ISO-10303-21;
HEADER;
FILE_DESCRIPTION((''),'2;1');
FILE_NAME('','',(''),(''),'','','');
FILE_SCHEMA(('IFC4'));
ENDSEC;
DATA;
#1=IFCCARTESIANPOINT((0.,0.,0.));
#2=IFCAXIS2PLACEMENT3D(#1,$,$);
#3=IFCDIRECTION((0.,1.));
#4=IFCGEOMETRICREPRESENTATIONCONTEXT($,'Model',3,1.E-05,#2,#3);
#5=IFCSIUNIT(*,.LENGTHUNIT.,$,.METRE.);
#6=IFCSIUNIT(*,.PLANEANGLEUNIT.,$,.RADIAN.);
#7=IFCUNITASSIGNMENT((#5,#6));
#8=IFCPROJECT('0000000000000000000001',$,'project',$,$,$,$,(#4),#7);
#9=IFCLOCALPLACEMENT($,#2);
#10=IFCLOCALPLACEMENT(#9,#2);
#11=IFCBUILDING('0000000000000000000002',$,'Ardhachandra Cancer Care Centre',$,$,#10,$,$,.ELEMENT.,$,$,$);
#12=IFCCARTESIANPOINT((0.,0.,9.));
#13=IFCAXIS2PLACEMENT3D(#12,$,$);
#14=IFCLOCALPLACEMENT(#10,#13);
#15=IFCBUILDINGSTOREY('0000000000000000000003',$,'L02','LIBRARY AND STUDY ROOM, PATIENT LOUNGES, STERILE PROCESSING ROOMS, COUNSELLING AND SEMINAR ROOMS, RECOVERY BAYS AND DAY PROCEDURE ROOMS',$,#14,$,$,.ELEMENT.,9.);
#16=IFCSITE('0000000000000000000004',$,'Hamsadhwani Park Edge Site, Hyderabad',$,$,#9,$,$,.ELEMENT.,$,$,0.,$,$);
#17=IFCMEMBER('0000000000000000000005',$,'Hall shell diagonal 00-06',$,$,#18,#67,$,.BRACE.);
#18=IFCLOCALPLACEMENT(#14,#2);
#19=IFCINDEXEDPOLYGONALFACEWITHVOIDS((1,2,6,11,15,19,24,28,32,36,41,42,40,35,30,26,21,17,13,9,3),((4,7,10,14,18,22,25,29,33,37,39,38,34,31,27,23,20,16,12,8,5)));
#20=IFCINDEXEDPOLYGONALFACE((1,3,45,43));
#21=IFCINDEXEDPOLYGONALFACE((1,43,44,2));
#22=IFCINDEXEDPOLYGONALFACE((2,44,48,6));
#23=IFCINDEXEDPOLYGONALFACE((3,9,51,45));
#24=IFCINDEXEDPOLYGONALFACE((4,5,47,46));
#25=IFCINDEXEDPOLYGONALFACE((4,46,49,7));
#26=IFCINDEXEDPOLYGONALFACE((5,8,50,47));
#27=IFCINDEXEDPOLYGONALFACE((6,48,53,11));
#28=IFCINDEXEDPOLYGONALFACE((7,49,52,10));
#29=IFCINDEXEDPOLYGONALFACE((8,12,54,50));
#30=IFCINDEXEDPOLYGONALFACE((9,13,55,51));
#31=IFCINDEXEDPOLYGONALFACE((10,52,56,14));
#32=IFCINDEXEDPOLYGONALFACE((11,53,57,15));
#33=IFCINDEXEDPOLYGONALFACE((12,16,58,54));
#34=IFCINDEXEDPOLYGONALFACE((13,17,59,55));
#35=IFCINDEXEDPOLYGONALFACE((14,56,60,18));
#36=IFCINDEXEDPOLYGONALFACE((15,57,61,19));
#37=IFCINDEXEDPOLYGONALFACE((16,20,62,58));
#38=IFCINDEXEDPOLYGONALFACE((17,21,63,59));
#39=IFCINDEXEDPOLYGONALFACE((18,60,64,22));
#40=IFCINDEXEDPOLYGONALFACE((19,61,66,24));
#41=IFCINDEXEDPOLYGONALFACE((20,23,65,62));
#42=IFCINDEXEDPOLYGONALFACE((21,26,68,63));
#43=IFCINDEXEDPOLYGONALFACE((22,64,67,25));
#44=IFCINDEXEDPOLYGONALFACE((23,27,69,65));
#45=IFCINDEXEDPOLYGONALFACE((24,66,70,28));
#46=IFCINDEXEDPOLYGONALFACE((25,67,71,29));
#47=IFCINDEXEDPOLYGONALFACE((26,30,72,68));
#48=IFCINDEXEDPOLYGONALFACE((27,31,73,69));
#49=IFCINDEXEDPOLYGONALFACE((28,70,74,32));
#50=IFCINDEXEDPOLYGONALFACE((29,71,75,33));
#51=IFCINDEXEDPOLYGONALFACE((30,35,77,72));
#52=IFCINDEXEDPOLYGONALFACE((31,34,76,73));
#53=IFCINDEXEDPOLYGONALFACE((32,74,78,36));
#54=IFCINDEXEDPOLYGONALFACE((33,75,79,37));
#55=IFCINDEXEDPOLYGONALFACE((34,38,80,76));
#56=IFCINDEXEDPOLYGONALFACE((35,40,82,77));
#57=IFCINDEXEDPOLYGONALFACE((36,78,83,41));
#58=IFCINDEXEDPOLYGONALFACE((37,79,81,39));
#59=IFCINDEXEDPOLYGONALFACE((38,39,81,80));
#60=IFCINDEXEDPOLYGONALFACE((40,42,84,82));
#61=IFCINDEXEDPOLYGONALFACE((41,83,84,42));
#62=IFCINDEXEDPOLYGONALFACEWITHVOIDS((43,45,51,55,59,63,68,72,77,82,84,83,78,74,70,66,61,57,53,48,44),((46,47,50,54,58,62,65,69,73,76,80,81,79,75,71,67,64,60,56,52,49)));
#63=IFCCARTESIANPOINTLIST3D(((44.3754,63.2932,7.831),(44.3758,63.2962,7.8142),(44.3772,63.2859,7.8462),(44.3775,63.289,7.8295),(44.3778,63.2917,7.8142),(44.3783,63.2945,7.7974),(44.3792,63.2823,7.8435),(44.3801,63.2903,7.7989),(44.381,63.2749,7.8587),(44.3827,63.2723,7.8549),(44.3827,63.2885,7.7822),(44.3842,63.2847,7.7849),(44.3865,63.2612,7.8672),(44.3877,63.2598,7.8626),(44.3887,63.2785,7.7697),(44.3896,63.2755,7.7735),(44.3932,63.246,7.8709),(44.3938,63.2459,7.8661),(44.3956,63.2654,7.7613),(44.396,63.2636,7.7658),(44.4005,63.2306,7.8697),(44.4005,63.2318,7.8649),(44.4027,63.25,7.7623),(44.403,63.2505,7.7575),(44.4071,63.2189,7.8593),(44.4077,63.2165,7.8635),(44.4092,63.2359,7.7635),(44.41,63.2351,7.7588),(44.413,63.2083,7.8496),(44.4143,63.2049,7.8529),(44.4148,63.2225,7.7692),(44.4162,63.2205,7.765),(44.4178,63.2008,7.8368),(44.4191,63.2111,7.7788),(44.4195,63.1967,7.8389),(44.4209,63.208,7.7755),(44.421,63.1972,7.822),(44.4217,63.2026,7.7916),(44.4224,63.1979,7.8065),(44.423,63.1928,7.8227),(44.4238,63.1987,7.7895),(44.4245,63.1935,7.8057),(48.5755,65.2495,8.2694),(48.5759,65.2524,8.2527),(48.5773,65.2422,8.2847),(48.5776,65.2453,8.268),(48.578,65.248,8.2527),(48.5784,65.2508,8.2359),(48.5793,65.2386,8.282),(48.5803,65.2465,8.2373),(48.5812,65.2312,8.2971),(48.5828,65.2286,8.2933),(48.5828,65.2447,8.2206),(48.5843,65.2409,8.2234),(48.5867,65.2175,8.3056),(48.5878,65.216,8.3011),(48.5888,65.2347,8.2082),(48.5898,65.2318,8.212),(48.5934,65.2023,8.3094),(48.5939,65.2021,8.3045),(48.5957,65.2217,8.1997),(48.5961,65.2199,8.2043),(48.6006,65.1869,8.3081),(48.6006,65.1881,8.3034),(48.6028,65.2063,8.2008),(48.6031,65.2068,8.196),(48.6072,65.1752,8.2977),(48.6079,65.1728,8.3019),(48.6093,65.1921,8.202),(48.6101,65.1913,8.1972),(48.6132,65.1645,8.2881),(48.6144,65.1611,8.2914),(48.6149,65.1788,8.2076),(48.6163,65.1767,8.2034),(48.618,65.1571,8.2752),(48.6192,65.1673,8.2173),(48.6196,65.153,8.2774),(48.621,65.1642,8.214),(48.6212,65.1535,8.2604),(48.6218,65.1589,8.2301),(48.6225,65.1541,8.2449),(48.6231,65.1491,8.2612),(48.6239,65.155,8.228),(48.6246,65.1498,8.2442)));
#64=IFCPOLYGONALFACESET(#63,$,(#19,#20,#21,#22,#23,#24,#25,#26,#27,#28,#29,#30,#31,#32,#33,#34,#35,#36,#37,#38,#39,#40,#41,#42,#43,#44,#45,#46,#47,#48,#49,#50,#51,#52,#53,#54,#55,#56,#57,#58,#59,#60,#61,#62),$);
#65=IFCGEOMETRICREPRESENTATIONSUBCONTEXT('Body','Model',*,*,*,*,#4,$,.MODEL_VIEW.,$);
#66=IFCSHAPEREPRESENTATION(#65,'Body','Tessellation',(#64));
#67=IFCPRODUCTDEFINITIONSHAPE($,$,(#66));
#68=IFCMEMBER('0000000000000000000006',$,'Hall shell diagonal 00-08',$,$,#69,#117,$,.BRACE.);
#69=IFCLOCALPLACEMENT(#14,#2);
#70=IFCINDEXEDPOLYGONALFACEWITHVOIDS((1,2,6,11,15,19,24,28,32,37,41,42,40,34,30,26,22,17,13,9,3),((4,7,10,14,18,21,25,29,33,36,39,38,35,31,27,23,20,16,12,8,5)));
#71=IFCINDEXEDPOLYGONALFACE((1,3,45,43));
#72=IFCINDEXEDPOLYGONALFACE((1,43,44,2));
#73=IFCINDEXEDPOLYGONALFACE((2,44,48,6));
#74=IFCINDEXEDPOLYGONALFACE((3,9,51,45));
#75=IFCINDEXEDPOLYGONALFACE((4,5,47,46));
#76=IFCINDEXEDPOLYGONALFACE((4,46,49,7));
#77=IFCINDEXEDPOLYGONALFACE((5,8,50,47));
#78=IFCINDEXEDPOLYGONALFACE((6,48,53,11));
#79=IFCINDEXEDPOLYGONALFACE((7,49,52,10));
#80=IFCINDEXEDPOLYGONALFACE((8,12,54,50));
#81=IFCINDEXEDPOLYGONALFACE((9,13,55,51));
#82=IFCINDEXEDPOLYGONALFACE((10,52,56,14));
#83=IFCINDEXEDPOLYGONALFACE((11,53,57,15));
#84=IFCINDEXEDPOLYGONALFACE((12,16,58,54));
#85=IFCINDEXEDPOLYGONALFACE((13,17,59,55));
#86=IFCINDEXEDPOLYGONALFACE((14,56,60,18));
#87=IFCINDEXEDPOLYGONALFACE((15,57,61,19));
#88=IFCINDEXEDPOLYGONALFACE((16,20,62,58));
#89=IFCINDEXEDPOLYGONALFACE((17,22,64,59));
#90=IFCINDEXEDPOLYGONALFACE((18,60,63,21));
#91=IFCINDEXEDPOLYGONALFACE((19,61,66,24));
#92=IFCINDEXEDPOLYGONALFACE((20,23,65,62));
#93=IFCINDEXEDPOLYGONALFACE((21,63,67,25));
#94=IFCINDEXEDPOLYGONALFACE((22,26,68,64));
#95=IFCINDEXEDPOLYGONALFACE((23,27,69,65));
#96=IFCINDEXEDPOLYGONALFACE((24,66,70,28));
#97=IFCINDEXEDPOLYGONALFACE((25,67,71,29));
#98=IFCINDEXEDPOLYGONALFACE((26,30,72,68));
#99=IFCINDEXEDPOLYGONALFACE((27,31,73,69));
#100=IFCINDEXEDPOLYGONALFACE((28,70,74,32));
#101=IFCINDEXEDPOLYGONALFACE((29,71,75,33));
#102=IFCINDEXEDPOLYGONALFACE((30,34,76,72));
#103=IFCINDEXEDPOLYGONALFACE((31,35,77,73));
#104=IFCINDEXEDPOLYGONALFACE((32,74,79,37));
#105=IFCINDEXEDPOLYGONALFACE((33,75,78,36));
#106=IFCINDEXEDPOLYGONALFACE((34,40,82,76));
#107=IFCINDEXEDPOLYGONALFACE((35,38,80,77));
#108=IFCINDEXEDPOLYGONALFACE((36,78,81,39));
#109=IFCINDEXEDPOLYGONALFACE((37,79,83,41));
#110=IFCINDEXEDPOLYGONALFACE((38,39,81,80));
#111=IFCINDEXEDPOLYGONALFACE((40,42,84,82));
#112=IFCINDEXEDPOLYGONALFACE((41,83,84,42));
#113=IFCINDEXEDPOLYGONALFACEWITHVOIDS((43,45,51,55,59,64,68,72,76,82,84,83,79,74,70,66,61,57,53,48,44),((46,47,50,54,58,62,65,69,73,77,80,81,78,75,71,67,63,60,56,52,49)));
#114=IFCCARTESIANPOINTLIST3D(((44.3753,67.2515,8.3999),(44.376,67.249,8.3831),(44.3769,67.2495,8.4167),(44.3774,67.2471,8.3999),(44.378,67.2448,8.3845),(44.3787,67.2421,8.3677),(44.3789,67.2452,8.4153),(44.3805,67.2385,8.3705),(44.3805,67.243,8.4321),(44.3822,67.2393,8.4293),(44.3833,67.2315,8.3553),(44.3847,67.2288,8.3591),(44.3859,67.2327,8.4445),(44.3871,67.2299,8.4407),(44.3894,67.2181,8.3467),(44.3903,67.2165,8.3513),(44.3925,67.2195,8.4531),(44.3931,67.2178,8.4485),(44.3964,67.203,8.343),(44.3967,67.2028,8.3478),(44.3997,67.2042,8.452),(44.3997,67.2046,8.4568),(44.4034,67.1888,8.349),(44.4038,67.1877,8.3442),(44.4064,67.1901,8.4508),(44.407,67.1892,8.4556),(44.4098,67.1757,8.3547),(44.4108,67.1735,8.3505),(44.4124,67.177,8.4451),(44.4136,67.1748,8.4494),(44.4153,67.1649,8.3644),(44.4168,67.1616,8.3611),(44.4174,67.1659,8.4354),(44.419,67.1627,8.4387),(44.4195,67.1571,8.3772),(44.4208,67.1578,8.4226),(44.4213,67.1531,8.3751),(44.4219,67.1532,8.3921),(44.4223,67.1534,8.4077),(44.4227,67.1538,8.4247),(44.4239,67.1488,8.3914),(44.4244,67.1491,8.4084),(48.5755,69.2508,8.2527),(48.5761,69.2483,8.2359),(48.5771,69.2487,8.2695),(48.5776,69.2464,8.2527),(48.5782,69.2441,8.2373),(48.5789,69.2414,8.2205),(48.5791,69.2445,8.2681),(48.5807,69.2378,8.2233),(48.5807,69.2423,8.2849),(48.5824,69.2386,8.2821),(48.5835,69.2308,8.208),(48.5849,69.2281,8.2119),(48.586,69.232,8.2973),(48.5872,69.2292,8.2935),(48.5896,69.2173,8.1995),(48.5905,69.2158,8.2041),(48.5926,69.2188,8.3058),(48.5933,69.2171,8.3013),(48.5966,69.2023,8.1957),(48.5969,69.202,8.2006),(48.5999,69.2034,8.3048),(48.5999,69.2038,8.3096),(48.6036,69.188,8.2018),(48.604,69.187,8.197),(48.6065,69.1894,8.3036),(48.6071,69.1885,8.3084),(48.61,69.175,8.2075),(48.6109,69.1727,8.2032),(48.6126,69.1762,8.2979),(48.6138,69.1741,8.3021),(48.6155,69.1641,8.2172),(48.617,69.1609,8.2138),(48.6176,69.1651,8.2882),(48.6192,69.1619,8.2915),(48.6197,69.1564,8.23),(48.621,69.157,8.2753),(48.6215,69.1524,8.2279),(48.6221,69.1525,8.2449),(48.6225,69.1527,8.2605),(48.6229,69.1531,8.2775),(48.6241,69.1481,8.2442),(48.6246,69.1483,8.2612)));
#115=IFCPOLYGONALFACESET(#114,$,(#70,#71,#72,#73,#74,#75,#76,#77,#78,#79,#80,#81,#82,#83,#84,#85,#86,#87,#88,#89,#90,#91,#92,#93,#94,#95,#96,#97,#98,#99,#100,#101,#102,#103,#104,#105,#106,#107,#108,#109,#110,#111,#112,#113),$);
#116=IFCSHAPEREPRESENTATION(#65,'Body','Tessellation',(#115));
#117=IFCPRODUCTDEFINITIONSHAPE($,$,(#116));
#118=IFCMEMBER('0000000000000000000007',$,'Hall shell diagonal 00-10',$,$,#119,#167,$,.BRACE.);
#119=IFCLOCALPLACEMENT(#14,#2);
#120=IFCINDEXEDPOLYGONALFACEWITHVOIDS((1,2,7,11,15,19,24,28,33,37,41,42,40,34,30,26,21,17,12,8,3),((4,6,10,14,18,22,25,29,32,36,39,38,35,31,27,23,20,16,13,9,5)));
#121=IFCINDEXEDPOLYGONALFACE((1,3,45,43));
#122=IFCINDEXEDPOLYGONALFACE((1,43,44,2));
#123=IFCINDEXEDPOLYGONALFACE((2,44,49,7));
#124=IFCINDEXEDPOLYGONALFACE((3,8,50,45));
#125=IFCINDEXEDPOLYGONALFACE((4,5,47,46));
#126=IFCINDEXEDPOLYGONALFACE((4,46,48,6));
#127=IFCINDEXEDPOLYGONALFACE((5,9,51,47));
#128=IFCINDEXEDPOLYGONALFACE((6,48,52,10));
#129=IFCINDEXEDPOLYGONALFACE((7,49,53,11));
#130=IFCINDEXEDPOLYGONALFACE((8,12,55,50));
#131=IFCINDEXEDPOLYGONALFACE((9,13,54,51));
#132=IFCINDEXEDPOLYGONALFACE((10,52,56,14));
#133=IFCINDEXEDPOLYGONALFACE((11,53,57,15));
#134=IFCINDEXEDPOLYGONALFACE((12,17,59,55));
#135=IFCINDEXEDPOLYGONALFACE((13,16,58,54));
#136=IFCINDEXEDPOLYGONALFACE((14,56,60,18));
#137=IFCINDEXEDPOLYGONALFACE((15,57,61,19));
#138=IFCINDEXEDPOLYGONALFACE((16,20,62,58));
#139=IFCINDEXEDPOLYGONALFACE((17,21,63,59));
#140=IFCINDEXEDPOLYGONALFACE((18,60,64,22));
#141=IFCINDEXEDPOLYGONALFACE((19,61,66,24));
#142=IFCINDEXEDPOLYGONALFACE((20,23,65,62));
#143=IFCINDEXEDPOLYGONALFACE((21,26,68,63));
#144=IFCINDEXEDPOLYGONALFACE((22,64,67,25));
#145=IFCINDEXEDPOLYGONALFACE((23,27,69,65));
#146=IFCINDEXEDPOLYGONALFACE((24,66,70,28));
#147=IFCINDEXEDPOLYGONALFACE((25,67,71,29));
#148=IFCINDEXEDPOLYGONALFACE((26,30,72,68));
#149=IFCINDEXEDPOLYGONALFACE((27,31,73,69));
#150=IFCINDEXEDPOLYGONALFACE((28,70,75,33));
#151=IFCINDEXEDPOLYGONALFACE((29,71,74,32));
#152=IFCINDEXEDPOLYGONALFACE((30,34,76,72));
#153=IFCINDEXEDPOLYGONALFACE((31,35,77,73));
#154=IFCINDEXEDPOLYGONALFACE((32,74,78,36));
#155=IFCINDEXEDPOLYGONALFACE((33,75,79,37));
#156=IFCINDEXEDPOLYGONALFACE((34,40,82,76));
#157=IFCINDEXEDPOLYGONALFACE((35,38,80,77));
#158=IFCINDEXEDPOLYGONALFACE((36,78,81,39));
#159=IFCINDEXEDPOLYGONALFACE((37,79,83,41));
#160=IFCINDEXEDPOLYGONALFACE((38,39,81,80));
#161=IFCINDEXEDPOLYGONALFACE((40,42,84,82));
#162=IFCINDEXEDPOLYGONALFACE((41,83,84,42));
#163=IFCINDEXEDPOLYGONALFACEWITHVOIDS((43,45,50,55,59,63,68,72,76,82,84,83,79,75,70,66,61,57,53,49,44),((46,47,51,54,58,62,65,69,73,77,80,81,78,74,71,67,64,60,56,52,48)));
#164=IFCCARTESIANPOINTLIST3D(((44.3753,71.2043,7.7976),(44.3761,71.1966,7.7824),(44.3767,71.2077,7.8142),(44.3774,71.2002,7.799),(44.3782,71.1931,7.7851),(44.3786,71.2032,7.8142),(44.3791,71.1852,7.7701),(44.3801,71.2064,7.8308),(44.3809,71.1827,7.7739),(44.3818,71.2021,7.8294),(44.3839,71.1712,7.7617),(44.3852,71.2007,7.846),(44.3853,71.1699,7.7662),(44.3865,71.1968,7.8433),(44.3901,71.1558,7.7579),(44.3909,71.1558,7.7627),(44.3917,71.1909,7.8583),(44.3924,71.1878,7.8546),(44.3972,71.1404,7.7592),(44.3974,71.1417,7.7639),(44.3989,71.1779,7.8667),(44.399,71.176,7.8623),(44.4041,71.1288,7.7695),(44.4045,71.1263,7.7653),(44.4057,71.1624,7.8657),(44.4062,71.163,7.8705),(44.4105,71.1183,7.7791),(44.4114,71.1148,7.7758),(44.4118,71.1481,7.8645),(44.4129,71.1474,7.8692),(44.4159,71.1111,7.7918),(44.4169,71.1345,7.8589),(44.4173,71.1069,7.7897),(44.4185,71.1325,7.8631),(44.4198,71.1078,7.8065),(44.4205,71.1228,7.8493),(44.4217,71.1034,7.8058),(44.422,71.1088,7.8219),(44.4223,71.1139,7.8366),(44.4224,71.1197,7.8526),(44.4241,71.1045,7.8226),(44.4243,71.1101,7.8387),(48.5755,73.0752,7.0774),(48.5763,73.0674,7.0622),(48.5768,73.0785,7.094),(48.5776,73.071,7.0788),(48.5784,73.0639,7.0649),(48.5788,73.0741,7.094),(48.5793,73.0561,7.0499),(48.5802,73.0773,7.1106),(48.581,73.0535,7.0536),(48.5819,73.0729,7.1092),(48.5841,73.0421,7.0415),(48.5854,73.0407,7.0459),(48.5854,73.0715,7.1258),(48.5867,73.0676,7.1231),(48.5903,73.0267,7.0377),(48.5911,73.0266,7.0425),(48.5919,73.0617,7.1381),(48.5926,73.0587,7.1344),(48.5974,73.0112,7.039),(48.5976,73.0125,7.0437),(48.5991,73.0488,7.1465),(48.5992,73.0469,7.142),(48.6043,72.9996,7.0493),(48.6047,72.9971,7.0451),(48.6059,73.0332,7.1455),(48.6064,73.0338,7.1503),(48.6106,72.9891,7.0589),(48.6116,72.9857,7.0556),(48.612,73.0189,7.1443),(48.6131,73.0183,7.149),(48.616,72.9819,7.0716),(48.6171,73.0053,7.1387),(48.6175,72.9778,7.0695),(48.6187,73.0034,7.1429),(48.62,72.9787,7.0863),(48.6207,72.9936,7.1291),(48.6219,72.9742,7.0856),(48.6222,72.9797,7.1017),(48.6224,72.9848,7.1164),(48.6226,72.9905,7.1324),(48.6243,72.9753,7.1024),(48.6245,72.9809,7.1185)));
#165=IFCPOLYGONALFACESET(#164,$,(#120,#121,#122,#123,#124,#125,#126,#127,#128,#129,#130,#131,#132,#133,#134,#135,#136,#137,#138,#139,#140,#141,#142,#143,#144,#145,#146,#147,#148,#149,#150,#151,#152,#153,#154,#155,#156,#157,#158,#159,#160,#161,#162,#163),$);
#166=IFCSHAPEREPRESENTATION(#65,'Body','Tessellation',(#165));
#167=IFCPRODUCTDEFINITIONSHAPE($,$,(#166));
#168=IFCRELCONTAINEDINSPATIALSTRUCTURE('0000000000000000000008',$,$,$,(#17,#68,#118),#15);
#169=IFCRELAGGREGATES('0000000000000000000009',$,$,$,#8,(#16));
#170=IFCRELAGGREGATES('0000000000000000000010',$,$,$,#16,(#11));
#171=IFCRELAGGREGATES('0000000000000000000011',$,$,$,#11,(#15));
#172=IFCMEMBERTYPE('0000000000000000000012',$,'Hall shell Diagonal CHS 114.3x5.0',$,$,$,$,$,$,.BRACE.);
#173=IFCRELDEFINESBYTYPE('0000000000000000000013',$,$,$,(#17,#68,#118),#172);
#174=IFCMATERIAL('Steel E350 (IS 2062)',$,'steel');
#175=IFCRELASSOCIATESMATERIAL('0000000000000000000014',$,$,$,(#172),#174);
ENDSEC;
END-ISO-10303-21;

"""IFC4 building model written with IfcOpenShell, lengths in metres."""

from ifc_helpers import new_model, si_unit, direction, frame, origin, origin_2d, place, context, subcontext, project, spatial, hollow_circle, extrude, material, material_profile, profile_set, type_object, element, save


model = new_model("IFC4")

# Units and contexts
model_context = context("Model", 3, precision=1e-05, world=origin(), true_north=direction((0.0, 1.0)))
body_context = subcontext(model_context, "Body", "Model", "MODEL_VIEW")
ifc_project = project(units=[si_unit("LENGTHUNIT", "METRE"), si_unit("PLANEANGLEUNIT", "RADIAN")], contexts=[model_context])

# Site, building, storey
site_placement = place(None, origin())
site = spatial("IfcSite", under=ifc_project, at=site_placement, Name="Hamsadhwani Park Edge Site, Hyderabad", CompositionType="ELEMENT", RefElevation=0.0)
building_placement = place(site_placement, origin())
building = spatial("IfcBuilding", under=site, at=building_placement, Name="Ardhachandra Cancer Care Centre", CompositionType="ELEMENT")
storey_placement = place(building_placement, frame((0.0, 0.0, 9.0)))
storey = spatial("IfcBuildingStorey", under=building, at=storey_placement, Name="L02", Description="LIBRARY AND STUDY ROOM, PATIENT LOUNGES, STERILE PROCESSING ROOMS, COUNSELLING AND SEMINAR ROOMS, RECOVERY BAYS AND DAY PROCEDURE ROOMS", CompositionType="ELEMENT", Elevation=9.0)

# Members
ifc_material_1 = material(Name="Steel E350 (IS 2062)", Category="steel")
ifc_material_profile_1 = material_profile(ifc_material_1, hollow_circle(Radius=0.0571, WallThickness=0.0049, at=origin_2d()), Name="CHS 114.3x5.0")
ifc_profile_set_1 = profile_set([ifc_material_profile_1], Name="Steel E350 (IS 2062)")
member_type_1 = type_object("IfcMemberType", Name="Hall shell Diagonal CHS 114.3x5.0", PredefinedType="BRACE", material=ifc_profile_set_1)
for number, where, z_axis, x_axis, name in (
    (1, (44.3999, 63.2444, 7.8142), (0.902465, 0.420335, 0.094212), (-0.422213, 0.906497, 0.0), "Hall shell diagonal 00-06"),
    (2, (44.3999, 67.2, 8.3999), (0.902478, 0.429574, -0.031632), (-0.429789, 0.902929, 0.0), "Hall shell diagonal 00-08"),
    (3, (44.3999, 71.1555, 7.8142), (0.902477, 0.401981, -0.154749), (-0.406882, 0.913481, 0.0), "Hall shell diagonal 00-10"),
):
    element("IfcMember", number, at=place(storey_placement, frame(where, z_axis=z_axis, x_axis=x_axis)), inside=storey, type_object=member_type_1, Name=name, PredefinedType="BRACE", context=body_context, shape_type="SweptSolid", body=[
        extrude(hollow_circle(Radius=0.0571, WallThickness=0.0049, at=origin_2d()), origin(), (0.0, 0.0, 1.0), 4.6541),
    ])

save(model, "model.ifc")
